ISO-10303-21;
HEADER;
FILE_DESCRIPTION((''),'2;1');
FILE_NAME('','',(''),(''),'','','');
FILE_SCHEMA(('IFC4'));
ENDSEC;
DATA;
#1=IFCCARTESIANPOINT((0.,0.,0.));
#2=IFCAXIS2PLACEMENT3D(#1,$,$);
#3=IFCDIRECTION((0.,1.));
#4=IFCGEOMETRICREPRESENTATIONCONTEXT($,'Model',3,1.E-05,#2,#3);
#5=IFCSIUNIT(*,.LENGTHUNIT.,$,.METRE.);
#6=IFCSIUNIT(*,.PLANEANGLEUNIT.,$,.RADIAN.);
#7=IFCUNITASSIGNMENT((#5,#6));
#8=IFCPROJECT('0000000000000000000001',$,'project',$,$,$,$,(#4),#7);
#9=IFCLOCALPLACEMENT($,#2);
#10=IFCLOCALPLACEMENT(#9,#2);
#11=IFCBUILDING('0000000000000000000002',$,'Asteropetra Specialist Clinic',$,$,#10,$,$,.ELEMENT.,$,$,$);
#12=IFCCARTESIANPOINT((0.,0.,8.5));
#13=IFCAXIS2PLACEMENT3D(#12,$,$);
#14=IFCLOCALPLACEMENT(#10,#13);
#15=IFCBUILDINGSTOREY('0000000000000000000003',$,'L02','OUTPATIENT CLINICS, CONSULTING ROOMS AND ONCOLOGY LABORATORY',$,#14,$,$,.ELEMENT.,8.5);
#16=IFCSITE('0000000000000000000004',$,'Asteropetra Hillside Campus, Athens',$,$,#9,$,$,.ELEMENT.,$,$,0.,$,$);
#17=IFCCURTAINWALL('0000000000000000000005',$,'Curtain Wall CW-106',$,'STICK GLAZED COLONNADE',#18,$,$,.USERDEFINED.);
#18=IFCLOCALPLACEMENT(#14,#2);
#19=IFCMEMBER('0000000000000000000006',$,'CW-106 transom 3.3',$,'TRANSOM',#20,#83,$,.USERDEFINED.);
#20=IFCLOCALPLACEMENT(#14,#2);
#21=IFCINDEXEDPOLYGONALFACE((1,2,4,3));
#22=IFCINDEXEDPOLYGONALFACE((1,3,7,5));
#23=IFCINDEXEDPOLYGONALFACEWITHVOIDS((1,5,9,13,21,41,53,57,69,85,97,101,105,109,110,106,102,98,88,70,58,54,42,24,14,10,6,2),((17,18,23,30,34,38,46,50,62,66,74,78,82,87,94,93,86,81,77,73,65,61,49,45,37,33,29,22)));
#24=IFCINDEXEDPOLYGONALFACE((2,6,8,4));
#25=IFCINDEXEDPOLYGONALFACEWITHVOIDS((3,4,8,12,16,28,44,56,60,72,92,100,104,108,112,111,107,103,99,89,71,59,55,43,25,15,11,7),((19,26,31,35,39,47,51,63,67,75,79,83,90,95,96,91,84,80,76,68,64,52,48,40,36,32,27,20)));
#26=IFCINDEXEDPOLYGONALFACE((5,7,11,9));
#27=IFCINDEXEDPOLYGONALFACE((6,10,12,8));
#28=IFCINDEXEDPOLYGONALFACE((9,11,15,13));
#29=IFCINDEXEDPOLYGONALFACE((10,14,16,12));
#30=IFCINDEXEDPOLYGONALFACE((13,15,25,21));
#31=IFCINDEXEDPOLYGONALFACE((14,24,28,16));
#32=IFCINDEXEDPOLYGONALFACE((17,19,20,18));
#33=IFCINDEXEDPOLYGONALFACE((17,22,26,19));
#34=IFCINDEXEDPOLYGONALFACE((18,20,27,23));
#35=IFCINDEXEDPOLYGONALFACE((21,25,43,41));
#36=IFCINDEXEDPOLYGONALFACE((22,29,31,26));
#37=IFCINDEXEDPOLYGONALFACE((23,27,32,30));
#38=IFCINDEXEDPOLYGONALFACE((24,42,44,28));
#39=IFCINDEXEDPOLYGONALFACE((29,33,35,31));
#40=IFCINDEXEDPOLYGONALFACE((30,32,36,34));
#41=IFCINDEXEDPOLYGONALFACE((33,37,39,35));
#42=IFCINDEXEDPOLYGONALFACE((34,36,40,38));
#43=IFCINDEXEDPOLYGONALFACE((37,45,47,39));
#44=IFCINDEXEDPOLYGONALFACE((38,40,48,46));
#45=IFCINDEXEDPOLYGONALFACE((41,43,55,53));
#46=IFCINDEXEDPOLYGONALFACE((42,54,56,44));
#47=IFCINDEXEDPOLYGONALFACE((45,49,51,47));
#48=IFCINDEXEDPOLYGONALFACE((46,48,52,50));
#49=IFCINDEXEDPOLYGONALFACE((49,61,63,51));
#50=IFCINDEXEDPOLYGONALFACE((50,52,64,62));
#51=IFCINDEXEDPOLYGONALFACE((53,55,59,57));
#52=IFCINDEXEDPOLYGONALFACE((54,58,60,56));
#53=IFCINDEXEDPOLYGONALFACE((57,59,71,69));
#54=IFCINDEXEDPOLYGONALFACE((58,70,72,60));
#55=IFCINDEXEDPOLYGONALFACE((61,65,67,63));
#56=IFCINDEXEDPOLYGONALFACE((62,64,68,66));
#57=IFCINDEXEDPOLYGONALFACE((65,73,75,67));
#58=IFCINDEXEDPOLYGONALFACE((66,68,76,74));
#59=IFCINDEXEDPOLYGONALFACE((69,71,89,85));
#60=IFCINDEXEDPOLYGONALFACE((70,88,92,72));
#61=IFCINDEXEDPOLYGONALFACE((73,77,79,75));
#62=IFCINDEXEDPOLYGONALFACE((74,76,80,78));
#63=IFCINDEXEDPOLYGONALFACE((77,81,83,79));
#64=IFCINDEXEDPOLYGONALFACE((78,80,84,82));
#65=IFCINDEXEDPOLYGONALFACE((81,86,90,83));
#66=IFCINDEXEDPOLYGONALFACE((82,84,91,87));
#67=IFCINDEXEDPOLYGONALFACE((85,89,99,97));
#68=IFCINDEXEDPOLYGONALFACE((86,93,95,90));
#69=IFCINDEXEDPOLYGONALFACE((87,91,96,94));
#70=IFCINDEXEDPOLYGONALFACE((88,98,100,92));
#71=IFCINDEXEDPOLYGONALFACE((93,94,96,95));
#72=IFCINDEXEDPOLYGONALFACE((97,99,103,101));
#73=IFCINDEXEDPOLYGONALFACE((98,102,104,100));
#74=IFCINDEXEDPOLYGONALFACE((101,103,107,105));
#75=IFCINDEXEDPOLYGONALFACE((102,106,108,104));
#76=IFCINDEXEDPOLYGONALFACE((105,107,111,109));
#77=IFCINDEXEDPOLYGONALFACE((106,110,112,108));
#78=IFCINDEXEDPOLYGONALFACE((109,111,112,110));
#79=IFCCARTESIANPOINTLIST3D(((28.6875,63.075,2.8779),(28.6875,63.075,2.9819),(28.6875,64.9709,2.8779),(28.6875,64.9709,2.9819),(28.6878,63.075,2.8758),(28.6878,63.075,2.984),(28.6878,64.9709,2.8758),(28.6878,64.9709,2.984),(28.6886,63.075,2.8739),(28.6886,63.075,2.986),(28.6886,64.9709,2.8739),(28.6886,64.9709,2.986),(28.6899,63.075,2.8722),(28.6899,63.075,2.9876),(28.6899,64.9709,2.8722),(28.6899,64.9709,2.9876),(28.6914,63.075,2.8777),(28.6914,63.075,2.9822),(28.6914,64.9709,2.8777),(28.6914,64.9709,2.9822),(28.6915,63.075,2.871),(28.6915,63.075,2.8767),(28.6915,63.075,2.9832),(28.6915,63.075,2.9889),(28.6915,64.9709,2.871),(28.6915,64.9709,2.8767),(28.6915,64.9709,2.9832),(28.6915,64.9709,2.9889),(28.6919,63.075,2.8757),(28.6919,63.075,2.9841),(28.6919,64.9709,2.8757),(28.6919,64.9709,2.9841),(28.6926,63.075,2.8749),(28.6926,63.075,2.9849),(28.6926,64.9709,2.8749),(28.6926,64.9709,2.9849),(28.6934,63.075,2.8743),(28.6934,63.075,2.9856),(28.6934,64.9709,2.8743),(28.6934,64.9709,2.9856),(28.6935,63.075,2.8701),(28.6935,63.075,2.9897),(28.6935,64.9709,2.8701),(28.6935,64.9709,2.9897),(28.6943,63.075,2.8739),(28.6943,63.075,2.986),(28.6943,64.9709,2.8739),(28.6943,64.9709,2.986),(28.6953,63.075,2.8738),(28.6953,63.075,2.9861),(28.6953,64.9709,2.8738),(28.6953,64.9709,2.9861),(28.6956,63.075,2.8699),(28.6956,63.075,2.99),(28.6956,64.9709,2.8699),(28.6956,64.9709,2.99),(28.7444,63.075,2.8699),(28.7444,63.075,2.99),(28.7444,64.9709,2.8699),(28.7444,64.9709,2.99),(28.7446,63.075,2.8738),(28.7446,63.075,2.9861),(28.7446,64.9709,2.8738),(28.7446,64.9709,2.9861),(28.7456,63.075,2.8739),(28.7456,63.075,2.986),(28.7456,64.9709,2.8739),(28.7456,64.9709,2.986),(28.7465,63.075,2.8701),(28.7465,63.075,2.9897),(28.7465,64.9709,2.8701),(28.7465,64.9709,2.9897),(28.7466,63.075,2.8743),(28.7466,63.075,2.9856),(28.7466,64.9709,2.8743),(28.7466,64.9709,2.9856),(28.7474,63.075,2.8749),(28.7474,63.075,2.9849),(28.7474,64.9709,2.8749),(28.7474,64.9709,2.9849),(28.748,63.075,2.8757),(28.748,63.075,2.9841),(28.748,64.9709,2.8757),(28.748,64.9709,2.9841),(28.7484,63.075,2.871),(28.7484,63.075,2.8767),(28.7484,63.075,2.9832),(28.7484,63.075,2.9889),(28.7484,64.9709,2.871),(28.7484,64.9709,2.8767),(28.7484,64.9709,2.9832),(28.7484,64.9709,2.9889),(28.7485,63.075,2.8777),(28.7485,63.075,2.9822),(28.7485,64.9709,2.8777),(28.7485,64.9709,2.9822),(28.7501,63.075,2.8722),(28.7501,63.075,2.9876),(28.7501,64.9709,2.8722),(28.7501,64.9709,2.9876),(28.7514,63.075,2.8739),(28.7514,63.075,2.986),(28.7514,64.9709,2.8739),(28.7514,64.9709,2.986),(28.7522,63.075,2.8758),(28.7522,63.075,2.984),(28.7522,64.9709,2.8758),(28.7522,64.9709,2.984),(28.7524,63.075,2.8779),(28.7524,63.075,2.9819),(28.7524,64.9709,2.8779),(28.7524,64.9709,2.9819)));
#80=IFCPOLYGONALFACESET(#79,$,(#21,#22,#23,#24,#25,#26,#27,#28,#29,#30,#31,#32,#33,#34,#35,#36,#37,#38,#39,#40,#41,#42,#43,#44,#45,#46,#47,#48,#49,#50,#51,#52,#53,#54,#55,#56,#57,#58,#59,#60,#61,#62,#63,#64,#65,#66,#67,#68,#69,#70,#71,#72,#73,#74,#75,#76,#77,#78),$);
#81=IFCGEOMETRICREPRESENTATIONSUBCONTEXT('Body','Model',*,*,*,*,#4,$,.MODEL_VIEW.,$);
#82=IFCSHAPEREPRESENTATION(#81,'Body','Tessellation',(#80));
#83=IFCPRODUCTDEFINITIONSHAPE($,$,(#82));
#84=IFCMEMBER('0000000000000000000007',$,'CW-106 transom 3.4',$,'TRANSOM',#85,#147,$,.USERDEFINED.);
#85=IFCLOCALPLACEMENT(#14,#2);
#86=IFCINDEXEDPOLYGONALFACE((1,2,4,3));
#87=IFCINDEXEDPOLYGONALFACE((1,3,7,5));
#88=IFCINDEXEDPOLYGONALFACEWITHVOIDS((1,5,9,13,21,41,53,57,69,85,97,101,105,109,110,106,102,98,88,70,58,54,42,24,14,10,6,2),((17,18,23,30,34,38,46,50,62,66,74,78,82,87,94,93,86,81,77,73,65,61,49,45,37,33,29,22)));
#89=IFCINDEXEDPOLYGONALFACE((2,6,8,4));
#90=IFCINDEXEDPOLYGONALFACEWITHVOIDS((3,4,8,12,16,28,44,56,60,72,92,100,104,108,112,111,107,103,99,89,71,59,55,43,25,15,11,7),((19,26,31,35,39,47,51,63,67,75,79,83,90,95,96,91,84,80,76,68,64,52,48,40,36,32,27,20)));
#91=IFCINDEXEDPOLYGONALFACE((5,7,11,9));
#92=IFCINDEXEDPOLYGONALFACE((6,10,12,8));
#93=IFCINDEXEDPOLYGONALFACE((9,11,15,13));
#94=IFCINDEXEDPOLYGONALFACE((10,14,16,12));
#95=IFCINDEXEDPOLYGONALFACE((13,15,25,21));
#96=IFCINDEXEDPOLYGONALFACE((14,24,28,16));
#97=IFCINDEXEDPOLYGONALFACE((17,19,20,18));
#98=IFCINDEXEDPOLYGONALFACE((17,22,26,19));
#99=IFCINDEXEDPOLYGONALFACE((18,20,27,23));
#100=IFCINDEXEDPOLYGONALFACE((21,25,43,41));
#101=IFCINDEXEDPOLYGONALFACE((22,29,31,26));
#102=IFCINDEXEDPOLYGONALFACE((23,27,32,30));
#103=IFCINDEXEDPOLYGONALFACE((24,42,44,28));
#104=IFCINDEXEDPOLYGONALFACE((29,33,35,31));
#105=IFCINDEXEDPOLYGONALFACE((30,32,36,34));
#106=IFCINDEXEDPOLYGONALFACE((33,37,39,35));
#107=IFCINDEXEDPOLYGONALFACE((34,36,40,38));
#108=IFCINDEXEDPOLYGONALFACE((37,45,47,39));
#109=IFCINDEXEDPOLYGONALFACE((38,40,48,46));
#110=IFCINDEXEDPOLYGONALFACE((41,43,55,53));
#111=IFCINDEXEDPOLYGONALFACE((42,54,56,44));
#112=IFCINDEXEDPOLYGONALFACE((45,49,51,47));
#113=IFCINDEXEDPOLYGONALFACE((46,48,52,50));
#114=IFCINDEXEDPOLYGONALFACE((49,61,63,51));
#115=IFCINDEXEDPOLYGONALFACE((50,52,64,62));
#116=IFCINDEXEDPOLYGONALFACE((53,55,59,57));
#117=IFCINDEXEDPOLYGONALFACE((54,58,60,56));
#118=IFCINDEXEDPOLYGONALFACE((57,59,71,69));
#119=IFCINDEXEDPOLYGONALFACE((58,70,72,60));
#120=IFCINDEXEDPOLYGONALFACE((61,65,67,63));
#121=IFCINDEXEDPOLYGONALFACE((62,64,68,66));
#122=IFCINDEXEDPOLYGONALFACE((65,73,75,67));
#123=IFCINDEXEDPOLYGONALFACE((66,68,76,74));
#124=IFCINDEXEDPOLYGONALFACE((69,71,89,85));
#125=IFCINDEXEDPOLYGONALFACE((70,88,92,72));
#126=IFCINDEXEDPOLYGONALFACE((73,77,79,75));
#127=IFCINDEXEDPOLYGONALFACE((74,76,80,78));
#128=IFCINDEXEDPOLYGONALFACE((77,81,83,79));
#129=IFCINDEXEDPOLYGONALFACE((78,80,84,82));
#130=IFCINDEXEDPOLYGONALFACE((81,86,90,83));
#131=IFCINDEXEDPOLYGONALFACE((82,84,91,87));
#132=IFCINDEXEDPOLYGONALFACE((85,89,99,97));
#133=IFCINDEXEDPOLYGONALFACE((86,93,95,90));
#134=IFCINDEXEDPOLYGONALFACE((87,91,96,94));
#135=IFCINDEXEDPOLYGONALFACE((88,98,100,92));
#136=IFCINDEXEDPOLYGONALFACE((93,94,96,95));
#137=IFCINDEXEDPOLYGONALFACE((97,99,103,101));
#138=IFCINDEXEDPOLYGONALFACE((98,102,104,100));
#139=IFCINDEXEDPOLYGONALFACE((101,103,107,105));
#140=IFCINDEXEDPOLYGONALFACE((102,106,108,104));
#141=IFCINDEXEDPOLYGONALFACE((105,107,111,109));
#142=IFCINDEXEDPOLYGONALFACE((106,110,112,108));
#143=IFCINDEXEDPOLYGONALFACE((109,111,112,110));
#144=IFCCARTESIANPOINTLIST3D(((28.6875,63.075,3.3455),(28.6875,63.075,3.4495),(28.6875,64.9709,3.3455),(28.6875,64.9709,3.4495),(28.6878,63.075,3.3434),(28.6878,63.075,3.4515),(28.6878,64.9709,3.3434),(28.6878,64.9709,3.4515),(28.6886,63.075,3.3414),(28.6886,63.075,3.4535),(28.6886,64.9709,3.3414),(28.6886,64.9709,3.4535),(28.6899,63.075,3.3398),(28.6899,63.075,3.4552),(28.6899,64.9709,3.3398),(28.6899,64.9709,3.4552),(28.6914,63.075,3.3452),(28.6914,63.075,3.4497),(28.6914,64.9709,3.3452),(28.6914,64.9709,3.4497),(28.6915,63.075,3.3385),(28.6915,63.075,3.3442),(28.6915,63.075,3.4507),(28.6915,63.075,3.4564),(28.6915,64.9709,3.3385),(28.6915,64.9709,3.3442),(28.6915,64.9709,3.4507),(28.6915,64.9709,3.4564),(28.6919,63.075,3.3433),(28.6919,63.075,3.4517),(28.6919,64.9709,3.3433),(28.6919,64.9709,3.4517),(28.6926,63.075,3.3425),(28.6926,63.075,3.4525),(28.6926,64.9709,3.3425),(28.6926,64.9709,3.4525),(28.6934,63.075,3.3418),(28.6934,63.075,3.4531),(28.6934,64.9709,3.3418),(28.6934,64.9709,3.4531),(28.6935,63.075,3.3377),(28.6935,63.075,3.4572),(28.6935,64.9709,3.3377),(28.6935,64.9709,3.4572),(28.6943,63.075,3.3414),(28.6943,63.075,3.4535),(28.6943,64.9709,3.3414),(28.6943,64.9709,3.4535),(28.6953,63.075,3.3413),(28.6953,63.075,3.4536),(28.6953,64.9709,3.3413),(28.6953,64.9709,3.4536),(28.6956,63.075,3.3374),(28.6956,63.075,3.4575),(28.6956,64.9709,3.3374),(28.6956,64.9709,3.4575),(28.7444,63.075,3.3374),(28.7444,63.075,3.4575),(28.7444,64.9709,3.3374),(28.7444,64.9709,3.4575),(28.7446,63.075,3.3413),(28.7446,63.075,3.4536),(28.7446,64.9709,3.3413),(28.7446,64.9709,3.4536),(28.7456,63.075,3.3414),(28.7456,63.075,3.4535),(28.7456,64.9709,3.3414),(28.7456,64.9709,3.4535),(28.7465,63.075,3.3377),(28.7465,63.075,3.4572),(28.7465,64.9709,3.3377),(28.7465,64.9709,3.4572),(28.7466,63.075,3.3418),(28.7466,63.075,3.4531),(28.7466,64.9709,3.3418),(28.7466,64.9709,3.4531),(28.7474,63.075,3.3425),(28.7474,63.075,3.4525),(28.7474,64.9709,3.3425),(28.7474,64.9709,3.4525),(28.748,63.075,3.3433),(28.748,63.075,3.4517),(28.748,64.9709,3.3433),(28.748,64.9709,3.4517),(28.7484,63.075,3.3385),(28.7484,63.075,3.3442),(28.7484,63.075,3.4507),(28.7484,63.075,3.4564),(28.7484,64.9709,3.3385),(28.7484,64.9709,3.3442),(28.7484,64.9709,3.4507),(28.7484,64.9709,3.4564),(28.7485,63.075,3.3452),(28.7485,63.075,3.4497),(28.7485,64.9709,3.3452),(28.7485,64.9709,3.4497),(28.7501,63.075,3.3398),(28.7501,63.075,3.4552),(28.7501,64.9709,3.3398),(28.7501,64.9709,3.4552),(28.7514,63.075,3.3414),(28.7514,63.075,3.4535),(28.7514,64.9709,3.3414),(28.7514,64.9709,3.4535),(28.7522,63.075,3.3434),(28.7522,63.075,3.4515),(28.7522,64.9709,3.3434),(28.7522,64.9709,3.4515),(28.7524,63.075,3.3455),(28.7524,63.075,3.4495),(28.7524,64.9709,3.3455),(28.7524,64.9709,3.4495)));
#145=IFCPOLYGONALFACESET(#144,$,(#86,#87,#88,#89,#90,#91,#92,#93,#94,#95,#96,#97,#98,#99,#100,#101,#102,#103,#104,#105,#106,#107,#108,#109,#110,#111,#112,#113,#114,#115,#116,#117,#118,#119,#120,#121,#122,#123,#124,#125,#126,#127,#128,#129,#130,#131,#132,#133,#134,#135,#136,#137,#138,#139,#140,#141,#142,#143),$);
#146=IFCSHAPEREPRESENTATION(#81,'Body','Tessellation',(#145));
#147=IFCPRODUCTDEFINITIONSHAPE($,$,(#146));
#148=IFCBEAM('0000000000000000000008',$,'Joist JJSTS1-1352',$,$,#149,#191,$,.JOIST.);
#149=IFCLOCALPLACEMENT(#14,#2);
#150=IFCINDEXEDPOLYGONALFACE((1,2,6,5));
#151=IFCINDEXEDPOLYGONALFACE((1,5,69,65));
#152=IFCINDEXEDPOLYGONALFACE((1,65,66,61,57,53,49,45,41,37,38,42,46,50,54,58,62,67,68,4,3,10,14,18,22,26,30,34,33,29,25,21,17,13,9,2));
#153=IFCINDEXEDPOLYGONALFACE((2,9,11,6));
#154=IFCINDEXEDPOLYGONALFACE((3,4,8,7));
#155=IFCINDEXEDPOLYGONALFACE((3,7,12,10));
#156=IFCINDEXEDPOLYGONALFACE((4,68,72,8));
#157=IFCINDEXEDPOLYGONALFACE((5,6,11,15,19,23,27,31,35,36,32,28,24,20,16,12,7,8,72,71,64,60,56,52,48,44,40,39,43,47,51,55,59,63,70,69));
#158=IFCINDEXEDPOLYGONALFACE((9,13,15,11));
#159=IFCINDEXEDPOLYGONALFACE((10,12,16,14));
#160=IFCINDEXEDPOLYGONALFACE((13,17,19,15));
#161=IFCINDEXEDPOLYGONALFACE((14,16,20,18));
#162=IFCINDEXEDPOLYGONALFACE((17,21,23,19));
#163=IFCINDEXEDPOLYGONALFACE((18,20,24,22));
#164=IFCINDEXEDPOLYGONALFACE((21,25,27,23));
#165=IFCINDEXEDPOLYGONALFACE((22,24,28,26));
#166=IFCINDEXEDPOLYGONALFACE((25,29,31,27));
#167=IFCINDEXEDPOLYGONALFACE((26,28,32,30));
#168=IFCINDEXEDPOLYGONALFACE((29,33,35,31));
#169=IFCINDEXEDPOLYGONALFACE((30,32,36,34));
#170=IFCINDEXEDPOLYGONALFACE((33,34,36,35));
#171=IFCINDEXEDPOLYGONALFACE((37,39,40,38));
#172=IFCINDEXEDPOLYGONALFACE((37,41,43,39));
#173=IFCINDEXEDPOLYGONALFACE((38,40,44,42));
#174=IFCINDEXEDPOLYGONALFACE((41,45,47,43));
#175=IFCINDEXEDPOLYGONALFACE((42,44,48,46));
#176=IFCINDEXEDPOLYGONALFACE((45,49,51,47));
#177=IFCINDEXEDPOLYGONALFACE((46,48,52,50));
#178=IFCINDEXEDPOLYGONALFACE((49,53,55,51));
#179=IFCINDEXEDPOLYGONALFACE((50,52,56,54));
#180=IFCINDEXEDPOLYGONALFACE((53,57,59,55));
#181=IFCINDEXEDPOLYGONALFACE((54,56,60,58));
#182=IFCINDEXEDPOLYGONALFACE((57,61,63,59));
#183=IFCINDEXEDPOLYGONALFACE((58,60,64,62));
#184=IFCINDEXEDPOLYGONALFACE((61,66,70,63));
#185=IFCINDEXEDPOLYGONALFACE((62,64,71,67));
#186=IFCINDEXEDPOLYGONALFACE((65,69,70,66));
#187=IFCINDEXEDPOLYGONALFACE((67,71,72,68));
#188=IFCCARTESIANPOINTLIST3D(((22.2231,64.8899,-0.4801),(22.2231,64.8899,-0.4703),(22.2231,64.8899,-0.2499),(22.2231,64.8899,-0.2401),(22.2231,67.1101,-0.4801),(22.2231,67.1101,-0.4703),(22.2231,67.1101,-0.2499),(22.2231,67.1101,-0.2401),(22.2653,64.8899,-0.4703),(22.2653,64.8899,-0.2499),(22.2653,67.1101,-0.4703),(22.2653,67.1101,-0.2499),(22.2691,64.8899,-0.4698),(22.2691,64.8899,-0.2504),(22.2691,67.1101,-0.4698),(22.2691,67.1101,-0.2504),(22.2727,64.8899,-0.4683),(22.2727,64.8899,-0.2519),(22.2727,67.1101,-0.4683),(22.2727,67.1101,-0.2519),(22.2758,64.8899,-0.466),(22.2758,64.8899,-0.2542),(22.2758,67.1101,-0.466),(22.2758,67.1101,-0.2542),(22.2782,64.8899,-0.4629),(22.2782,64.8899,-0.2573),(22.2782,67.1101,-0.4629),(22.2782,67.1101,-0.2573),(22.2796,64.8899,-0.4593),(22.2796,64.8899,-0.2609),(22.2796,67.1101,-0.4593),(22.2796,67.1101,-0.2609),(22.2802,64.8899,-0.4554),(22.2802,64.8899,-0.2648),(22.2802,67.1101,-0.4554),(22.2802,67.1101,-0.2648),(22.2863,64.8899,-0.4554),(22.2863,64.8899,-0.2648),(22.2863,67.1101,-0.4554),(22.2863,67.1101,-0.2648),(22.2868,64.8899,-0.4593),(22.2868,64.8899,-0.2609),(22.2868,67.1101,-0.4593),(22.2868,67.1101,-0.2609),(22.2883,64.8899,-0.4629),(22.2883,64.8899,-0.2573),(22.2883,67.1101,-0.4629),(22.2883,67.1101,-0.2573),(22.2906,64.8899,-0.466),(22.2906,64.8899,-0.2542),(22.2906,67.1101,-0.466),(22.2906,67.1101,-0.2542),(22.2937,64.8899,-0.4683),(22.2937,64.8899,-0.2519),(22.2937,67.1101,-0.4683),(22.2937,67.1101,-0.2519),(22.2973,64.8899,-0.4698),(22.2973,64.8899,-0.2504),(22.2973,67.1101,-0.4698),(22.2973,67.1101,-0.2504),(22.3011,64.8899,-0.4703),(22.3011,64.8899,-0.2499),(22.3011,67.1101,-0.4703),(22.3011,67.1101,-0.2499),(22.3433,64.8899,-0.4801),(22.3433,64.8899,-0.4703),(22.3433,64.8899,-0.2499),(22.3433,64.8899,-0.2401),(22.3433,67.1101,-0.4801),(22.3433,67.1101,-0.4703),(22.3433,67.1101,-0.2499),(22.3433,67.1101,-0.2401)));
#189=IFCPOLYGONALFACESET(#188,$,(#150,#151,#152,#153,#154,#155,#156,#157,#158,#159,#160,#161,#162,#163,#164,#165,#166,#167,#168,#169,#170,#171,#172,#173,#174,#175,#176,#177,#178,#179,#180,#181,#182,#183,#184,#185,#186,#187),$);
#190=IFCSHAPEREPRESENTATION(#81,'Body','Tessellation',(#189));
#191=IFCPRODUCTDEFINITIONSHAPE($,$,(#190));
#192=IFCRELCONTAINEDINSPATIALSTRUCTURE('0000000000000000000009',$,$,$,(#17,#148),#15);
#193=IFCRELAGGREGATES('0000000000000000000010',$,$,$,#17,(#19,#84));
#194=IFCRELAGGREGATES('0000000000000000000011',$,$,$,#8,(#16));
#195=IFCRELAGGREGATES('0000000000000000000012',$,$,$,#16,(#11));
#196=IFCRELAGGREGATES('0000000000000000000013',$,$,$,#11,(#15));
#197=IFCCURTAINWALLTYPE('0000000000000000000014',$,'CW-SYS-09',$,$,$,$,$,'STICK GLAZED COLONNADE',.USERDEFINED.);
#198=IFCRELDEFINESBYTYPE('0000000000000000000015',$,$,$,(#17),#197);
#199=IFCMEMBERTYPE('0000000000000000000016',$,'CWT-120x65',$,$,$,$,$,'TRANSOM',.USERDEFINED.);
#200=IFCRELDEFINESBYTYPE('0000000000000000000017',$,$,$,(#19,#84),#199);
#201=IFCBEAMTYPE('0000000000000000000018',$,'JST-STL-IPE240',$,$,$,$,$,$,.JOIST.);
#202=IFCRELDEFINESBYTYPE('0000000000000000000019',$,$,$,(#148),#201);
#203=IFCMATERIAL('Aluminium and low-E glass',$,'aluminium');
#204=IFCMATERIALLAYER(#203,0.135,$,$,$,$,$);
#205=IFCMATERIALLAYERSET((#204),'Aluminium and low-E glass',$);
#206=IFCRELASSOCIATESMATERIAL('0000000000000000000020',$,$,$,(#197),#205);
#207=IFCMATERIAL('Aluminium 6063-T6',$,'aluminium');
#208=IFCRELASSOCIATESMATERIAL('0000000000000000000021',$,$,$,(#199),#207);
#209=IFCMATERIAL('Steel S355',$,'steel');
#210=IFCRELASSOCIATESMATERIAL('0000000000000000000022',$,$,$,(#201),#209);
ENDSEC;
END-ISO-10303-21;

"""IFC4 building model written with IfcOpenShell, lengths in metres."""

from ifc_helpers import new_model, si_unit, direction, frame, origin, origin_2d, place, context, subcontext, project, spatial, hollow_rectangle, i_section, extrude, material, layer, layer_set, material_profile, profile_set, type_object, element, aggregate, save


model = new_model("IFC4")

# Units and contexts
model_context = context("Model", 3, precision=1e-05, world=origin(), true_north=direction((0.0, 1.0)))
body_context = subcontext(model_context, "Body", "Model", "MODEL_VIEW")
ifc_project = project(units=[si_unit("LENGTHUNIT", "METRE"), si_unit("PLANEANGLEUNIT", "RADIAN")], contexts=[model_context])

# Site, building, storey
site_placement = place(None, origin())
site = spatial("IfcSite", under=ifc_project, at=site_placement, Name="Asteropetra Hillside Campus, Athens", CompositionType="ELEMENT", RefElevation=0.0)
building_placement = place(site_placement, origin())
building = spatial("IfcBuilding", under=site, at=building_placement, Name="Asteropetra Specialist Clinic", CompositionType="ELEMENT")
storey_placement = place(building_placement, frame((0.0, 0.0, 8.5)))
storey = spatial("IfcBuildingStorey", under=building, at=storey_placement, Name="L02", Description="OUTPATIENT CLINICS, CONSULTING ROOMS AND ONCOLOGY LABORATORY", CompositionType="ELEMENT", Elevation=8.5)

# Curtain wall, members
ifc_material_1 = material(Name="Aluminium and low-E glass", Category="aluminium")
ifc_layer_1 = layer(ifc_material_1, 0.135)
ifc_layer_set_1 = layer_set([ifc_layer_1], Name="Aluminium and low-E glass")
curtain_wall_type = type_object("IfcCurtainWallType", Name="CW-SYS-09", ElementType="STICK GLAZED COLONNADE", PredefinedType="USERDEFINED", material=ifc_layer_set_1)
curtain_wall_placement = place(storey_placement, origin())
curtain_wall = element("IfcCurtainWall", 1, at=curtain_wall_placement, inside=storey, type_object=curtain_wall_type, Name="Curtain Wall CW-106", ObjectType="STICK GLAZED COLONNADE", PredefinedType="USERDEFINED")
ifc_material_2 = material(Name="Aluminium 6063-T6", Category="aluminium")
ifc_material_profile_1 = material_profile(ifc_material_2, hollow_rectangle(XDim=0.0649, YDim=0.1201, WallThickness=0.0039, InnerFilletRadius=0.0039, OuterFilletRadius=0.0081, at=origin_2d()), Name="TRN 120x65x4.0")
ifc_profile_set_1 = profile_set([ifc_material_profile_1], Name="Aluminium 6063-T6")
member_type_1 = type_object("IfcMemberType", Name="CWT-120x65", ElementType="TRANSOM", PredefinedType="USERDEFINED", material=ifc_profile_set_1)
member_1_placement = place(storey_placement, frame((28.72, 64.9709, 2.9299), z_axis=(0.0, -1.0, 0.0), x_axis=(1.0, 0.0, 0.0)))
member_1 = element("IfcMember", 2, at=member_1_placement, type_object=member_type_1, Name="CW-106 transom 3.3", ObjectType="TRANSOM", PredefinedType="USERDEFINED", context=body_context, shape_type="SweptSolid", body=[
    extrude(hollow_rectangle(XDim=0.0649, YDim=0.1201, WallThickness=0.0039, InnerFilletRadius=0.0039, OuterFilletRadius=0.0081, at=origin_2d()), origin(), (0.0, 0.0, 1.0), 1.896),
])
member_2_placement = place(storey_placement, frame((28.72, 64.9709, 3.3975), z_axis=(0.0, -1.0, 0.0), x_axis=(1.0, 0.0, 0.0)))
member_2 = element("IfcMember", 3, at=member_2_placement, type_object=member_type_1, Name="CW-106 transom 3.4", ObjectType="TRANSOM", PredefinedType="USERDEFINED", context=body_context, shape_type="SweptSolid", body=[
    extrude(hollow_rectangle(XDim=0.0649, YDim=0.1201, WallThickness=0.0039, InnerFilletRadius=0.0039, OuterFilletRadius=0.0081, at=origin_2d()), origin(), (0.0, 0.0, 1.0), 1.896),
])

# Beam
ifc_material_3 = material(Name="Steel S355", Category="steel")
ifc_material_profile_2 = material_profile(ifc_material_3, i_section(OverallWidth=0.1201, OverallDepth=0.24, WebThickness=0.0061, FlangeThickness=0.0098, FilletRadius=0.0149, at=origin_2d()), Name="IPE 240")
ifc_profile_set_2 = profile_set([ifc_material_profile_2], Name="Steel S355")
beam_type_1 = type_object("IfcBeamType", Name="JST-STL-IPE240", PredefinedType="JOIST", material=ifc_profile_set_2)
for number, where, z_axis, x_axis, name in (
    (4, (22.2832, 64.8899, -0.3601), (0.0, 1.0, 0.0), (-1.0, 0.0, 0.0), "Joist JJSTS1-1352"),
):
    element("IfcBeam", number, at=place(storey_placement, frame(where, z_axis=z_axis, x_axis=x_axis)), inside=storey, type_object=beam_type_1, Name=name, PredefinedType="JOIST", context=body_context, shape_type="SweptSolid", body=[
        extrude(i_section(OverallWidth=0.1201, OverallDepth=0.24, WebThickness=0.0061, FlangeThickness=0.0098, FilletRadius=0.0149, at=origin_2d()), origin(), (0.0, 0.0, 1.0), 2.2202),
    ])

aggregate(curtain_wall, [member_1, member_2])

save(model, "model.ifc")
